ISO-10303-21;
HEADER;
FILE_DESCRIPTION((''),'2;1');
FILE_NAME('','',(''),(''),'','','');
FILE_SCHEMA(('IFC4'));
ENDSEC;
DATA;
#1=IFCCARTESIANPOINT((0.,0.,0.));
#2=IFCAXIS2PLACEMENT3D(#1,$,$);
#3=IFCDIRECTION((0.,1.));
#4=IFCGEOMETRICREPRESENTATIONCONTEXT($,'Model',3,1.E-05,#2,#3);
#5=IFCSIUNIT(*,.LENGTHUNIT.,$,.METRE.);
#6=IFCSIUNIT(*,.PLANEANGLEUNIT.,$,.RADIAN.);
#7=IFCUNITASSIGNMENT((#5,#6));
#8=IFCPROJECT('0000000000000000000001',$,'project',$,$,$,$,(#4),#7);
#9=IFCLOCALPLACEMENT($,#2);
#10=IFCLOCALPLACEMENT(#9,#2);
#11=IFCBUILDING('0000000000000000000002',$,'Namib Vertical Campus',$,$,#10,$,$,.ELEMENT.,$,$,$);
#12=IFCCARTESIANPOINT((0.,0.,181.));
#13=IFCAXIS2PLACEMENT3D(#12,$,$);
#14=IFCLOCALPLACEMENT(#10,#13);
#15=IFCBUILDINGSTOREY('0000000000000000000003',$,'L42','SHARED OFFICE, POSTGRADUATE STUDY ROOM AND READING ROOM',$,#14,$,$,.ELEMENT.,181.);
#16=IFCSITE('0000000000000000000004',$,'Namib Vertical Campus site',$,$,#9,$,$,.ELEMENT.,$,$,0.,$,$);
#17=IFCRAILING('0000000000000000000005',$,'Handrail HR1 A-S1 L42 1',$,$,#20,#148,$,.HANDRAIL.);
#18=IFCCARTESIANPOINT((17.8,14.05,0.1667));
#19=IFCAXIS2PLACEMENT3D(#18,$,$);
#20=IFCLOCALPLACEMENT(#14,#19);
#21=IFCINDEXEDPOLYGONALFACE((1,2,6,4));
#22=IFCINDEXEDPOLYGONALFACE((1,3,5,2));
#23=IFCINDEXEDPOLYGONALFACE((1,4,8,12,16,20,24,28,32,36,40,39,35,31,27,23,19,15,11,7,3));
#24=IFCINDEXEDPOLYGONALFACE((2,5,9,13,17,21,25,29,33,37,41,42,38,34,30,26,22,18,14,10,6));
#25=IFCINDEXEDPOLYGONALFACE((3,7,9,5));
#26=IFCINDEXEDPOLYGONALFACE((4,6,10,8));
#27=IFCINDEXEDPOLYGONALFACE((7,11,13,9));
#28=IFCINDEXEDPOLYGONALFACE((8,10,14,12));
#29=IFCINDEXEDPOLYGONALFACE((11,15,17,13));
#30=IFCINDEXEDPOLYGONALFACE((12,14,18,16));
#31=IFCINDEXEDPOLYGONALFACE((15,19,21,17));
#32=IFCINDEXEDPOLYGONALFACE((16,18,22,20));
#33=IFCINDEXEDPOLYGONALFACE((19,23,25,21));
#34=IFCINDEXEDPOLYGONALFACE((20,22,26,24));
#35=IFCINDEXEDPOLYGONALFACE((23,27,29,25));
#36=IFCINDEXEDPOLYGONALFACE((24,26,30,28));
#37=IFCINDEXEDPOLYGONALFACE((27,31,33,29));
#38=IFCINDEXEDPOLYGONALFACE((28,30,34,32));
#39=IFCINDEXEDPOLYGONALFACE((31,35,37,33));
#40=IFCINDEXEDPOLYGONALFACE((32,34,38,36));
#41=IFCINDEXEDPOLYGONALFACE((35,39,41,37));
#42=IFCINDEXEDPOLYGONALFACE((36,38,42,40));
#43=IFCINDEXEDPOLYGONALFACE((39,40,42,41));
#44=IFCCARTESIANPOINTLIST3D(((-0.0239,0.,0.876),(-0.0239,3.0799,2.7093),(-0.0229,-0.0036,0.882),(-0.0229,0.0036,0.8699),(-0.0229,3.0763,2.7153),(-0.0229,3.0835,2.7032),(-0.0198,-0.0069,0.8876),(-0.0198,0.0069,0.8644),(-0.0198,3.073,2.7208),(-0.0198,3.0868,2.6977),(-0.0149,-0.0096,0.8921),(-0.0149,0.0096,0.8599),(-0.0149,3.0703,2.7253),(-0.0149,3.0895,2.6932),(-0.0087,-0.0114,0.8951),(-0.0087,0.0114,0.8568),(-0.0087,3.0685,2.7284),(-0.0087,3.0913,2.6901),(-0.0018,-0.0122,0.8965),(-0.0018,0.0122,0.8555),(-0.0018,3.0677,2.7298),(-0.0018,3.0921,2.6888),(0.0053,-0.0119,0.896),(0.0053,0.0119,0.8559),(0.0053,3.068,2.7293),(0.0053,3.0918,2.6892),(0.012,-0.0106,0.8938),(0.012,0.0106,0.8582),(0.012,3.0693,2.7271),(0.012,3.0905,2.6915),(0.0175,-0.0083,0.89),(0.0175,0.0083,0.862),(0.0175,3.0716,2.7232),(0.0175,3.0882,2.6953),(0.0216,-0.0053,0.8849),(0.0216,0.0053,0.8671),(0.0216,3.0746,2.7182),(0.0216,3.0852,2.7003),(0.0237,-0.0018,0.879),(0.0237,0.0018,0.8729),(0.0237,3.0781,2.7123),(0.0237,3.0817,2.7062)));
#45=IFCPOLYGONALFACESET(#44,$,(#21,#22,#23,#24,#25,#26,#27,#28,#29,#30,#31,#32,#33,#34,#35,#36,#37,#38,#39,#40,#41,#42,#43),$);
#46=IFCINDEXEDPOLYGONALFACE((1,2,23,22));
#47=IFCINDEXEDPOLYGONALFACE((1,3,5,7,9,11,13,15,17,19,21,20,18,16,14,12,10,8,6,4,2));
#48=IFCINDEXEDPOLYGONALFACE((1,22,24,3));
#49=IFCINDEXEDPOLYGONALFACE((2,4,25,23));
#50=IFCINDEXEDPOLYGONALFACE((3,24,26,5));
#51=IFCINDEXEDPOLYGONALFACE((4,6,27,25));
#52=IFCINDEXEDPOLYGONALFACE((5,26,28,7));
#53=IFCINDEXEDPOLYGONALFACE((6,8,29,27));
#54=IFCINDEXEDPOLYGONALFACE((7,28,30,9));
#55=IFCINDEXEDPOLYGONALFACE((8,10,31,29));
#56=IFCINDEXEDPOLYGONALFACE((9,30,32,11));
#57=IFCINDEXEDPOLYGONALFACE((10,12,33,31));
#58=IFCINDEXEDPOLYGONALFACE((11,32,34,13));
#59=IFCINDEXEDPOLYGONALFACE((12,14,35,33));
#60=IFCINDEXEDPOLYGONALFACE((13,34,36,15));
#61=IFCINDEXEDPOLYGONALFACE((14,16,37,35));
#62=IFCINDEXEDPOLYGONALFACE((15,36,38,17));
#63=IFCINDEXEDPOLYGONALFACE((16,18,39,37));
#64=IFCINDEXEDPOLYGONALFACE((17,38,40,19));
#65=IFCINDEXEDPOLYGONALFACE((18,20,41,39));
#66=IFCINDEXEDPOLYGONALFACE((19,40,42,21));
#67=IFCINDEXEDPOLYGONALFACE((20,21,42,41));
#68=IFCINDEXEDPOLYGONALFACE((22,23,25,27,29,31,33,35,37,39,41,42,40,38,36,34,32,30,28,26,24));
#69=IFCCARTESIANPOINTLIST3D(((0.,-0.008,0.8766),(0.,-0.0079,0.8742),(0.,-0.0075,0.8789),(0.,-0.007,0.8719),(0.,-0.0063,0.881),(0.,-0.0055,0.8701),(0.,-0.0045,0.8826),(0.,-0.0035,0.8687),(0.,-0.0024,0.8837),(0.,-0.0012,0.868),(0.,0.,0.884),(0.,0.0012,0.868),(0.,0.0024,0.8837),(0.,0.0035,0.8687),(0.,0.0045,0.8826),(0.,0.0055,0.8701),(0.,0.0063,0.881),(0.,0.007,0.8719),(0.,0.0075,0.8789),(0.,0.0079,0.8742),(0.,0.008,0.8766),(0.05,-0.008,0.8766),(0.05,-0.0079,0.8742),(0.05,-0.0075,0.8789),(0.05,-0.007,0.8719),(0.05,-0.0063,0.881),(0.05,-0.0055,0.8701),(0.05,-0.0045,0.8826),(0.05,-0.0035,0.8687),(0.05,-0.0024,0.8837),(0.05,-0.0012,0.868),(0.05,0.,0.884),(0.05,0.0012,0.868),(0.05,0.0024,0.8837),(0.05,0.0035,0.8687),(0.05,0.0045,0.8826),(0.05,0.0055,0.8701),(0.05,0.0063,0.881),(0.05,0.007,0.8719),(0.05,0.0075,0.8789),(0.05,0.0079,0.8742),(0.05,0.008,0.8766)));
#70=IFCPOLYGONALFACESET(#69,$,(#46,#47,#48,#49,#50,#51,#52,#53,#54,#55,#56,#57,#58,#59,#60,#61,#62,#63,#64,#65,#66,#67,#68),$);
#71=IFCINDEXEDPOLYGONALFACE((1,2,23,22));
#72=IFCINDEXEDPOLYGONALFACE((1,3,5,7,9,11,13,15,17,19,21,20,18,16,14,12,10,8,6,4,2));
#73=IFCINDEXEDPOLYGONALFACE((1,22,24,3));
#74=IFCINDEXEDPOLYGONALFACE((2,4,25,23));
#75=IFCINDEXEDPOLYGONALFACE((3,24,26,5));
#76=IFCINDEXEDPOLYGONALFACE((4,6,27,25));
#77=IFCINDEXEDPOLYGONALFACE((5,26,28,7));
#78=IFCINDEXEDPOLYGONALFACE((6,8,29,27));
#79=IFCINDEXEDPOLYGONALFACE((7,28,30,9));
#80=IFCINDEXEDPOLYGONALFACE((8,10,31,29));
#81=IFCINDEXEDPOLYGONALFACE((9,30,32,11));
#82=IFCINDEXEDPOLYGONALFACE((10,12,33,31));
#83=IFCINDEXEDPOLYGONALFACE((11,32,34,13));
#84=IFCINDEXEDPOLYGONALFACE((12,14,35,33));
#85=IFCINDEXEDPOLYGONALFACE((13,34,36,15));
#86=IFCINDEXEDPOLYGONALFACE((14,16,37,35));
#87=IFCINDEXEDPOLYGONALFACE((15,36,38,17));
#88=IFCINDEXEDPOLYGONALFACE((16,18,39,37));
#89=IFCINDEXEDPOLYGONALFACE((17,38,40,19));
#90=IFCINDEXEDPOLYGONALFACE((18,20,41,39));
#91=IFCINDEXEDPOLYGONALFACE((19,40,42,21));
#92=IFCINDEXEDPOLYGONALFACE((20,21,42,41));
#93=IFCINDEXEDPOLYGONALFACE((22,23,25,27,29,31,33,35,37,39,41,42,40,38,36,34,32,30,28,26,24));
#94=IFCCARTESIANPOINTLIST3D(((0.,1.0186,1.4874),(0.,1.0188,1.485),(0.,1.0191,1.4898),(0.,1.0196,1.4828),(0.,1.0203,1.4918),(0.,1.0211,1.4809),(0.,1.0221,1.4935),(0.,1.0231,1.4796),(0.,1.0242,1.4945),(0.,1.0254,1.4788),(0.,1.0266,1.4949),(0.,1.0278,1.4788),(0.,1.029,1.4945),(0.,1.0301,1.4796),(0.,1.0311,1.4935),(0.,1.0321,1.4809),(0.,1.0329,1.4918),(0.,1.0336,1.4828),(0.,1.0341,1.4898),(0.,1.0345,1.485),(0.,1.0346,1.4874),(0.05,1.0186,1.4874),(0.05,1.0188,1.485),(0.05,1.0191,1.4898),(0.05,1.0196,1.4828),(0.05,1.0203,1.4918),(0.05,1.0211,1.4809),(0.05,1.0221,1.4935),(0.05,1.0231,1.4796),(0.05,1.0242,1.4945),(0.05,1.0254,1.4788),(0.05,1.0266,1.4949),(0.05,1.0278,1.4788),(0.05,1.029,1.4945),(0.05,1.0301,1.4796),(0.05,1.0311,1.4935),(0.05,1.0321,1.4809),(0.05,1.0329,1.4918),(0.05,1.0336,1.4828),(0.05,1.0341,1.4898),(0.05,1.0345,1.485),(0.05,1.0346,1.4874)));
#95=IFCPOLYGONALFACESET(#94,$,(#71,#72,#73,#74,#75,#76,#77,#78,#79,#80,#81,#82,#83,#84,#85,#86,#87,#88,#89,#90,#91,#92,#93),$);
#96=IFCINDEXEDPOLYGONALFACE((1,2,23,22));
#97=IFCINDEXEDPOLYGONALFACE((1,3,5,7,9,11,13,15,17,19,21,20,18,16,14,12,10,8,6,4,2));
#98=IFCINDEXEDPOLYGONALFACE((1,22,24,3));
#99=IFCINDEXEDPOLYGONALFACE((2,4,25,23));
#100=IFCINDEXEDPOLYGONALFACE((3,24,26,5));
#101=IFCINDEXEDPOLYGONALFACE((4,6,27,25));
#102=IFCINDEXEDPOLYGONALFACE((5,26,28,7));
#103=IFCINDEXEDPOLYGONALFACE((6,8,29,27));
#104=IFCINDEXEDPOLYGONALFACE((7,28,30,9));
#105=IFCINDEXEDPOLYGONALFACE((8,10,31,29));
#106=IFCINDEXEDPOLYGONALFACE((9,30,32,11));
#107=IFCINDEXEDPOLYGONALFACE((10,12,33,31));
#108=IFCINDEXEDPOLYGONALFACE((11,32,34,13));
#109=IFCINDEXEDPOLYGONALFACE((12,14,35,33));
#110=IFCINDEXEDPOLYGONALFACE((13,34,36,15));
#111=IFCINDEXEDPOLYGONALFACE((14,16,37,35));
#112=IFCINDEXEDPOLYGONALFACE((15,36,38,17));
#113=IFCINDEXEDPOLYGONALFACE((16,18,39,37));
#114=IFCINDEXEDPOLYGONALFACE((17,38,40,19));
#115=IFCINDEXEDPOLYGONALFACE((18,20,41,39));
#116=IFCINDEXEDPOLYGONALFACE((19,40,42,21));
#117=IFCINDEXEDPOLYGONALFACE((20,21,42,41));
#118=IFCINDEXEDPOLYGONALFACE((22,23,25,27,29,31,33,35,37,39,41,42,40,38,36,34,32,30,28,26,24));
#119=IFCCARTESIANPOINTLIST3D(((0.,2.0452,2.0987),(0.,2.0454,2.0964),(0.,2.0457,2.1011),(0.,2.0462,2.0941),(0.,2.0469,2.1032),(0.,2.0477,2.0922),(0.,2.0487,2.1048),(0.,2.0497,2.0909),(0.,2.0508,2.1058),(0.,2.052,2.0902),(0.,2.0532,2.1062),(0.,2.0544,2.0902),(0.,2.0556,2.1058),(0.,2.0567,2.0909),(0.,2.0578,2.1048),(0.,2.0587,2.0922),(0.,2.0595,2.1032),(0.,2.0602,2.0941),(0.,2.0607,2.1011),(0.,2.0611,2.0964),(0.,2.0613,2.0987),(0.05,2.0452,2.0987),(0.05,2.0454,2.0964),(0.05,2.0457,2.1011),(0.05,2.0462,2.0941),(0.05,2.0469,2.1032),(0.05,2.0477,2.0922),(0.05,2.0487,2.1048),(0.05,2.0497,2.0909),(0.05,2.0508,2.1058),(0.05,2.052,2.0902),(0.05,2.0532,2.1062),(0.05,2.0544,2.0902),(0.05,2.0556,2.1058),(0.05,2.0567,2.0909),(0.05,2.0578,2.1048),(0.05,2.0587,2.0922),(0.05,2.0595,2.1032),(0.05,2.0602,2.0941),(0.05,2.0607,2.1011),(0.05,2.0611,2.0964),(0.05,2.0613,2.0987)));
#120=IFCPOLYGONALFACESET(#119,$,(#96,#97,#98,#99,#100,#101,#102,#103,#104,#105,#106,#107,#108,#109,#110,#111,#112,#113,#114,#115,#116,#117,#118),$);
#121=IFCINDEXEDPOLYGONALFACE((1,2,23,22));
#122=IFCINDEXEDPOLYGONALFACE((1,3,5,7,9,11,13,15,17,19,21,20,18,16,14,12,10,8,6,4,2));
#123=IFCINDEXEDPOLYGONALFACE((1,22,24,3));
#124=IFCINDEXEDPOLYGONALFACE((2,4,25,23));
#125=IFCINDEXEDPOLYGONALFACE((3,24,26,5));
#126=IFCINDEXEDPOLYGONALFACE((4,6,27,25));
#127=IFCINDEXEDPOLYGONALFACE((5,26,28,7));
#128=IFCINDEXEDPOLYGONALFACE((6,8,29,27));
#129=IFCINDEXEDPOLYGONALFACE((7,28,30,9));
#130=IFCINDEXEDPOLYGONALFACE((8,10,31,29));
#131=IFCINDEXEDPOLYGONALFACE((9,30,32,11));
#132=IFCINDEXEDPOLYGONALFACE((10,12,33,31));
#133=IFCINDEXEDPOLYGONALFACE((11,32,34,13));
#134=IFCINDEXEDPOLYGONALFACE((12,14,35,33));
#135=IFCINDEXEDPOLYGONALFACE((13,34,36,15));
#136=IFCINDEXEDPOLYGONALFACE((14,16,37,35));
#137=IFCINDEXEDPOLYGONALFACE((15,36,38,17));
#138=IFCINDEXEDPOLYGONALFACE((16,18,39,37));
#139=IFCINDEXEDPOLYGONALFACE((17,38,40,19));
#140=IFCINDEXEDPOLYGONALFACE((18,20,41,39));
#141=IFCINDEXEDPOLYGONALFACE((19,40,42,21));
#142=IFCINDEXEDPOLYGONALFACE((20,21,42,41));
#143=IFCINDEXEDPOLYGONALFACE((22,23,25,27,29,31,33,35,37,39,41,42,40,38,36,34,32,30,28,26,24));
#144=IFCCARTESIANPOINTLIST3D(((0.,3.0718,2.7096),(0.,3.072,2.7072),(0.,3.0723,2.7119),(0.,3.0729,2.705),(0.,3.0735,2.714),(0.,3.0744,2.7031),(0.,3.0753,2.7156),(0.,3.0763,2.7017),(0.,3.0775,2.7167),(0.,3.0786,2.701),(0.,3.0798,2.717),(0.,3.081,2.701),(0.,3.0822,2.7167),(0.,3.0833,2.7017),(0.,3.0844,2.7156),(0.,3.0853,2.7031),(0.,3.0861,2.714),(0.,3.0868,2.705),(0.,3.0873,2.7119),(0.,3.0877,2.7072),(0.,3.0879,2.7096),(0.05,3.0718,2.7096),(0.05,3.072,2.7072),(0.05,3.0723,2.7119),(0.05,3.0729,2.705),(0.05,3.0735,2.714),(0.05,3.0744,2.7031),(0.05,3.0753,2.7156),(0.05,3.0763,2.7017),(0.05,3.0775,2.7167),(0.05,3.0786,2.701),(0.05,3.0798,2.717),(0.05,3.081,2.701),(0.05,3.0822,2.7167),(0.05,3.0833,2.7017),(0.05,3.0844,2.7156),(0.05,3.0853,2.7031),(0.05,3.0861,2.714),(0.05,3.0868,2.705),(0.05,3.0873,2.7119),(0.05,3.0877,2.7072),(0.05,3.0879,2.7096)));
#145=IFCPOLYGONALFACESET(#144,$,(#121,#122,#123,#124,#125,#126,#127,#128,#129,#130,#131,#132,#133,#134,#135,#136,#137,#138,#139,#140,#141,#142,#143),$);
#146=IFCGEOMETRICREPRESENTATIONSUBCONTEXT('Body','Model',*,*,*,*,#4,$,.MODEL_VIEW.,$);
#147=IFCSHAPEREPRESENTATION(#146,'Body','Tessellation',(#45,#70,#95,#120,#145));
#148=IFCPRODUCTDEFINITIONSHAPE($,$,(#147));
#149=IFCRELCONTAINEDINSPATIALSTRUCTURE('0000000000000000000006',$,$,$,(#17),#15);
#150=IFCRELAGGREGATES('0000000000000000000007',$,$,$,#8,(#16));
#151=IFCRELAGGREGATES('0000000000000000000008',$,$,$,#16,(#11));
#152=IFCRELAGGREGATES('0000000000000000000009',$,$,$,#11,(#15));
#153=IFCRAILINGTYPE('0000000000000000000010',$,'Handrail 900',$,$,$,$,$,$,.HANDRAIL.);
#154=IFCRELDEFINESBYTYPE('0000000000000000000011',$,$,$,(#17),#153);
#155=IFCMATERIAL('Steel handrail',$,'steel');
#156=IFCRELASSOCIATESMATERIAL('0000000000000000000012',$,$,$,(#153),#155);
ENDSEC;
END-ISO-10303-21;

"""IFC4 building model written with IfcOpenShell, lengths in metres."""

from ifc_helpers import new_model, si_unit, direction, frame, origin, origin_2d, place, context, subcontext, project, spatial, circle, extrude, material, type_object, element, save


model = new_model("IFC4")

# Units and contexts
model_context = context("Model", 3, precision=1e-05, world=origin(), true_north=direction((0.0, 1.0)))
body_context = subcontext(model_context, "Body", "Model", "MODEL_VIEW")
ifc_project = project(units=[si_unit("LENGTHUNIT", "METRE"), si_unit("PLANEANGLEUNIT", "RADIAN")], contexts=[model_context])

# Site, building, storey
site_placement = place(None, origin())
site = spatial("IfcSite", under=ifc_project, at=site_placement, Name="Namib Vertical Campus site", CompositionType="ELEMENT", RefElevation=0.0)
building_placement = place(site_placement, origin())
building = spatial("IfcBuilding", under=site, at=building_placement, Name="Namib Vertical Campus", CompositionType="ELEMENT")
storey_placement = place(building_placement, frame((0.0, 0.0, 181.0)))
storey = spatial("IfcBuildingStorey", under=building, at=storey_placement, Name="L42", Description="SHARED OFFICE, POSTGRADUATE STUDY ROOM AND READING ROOM", CompositionType="ELEMENT", Elevation=181.0)

# Railing
ifc_material_1 = material(Name="Steel handrail", Category="steel")
railing_type_1 = type_object("IfcRailingType", Name="Handrail 900", PredefinedType="HANDRAIL", material=ifc_material_1)
railing_1_placement = place(storey_placement, frame((17.8, 14.05, 0.1667)))
element("IfcRailing", 1, at=railing_1_placement, inside=storey, type_object=railing_type_1, Name="Handrail HR1 A-S1 L42 1", PredefinedType="HANDRAIL", context=body_context, shape_type="SweptSolid", body=[
    extrude(circle(Radius=0.0239, at=origin_2d()), frame((0.0, 0.0, 0.876), z_axis=(0.0, 0.859291, 0.511487), x_axis=(-1.0, 0.0, 0.0)), (0.0, 0.0, 1.0), 3.5842),
    extrude(circle(Radius=0.0081, at=origin_2d()), frame((0.0, 0.0, 0.876), z_axis=(1.0, 0.0, 0.0), x_axis=(0.0, 0.0, 1.0)), (0.0, 0.0, 1.0), 0.05),
    extrude(circle(Radius=0.0081, at=origin_2d()), frame((0.0, 1.0266, 1.4868), z_axis=(1.0, 0.0, 0.0), x_axis=(0.0, 0.0, 1.0)), (0.0, 0.0, 1.0), 0.05),
    extrude(circle(Radius=0.0081, at=origin_2d()), frame((0.0, 2.0532, 2.0981), z_axis=(1.0, 0.0, 0.0), x_axis=(0.0, 0.0, 1.0)), (0.0, 0.0, 1.0), 0.05),
    extrude(circle(Radius=0.0081, at=origin_2d()), frame((0.0, 3.0798, 2.709), z_axis=(1.0, 0.0, 0.0), x_axis=(0.0, 0.0, 1.0)), (0.0, 0.0, 1.0), 0.05),
])

save(model, "model.ifc")
